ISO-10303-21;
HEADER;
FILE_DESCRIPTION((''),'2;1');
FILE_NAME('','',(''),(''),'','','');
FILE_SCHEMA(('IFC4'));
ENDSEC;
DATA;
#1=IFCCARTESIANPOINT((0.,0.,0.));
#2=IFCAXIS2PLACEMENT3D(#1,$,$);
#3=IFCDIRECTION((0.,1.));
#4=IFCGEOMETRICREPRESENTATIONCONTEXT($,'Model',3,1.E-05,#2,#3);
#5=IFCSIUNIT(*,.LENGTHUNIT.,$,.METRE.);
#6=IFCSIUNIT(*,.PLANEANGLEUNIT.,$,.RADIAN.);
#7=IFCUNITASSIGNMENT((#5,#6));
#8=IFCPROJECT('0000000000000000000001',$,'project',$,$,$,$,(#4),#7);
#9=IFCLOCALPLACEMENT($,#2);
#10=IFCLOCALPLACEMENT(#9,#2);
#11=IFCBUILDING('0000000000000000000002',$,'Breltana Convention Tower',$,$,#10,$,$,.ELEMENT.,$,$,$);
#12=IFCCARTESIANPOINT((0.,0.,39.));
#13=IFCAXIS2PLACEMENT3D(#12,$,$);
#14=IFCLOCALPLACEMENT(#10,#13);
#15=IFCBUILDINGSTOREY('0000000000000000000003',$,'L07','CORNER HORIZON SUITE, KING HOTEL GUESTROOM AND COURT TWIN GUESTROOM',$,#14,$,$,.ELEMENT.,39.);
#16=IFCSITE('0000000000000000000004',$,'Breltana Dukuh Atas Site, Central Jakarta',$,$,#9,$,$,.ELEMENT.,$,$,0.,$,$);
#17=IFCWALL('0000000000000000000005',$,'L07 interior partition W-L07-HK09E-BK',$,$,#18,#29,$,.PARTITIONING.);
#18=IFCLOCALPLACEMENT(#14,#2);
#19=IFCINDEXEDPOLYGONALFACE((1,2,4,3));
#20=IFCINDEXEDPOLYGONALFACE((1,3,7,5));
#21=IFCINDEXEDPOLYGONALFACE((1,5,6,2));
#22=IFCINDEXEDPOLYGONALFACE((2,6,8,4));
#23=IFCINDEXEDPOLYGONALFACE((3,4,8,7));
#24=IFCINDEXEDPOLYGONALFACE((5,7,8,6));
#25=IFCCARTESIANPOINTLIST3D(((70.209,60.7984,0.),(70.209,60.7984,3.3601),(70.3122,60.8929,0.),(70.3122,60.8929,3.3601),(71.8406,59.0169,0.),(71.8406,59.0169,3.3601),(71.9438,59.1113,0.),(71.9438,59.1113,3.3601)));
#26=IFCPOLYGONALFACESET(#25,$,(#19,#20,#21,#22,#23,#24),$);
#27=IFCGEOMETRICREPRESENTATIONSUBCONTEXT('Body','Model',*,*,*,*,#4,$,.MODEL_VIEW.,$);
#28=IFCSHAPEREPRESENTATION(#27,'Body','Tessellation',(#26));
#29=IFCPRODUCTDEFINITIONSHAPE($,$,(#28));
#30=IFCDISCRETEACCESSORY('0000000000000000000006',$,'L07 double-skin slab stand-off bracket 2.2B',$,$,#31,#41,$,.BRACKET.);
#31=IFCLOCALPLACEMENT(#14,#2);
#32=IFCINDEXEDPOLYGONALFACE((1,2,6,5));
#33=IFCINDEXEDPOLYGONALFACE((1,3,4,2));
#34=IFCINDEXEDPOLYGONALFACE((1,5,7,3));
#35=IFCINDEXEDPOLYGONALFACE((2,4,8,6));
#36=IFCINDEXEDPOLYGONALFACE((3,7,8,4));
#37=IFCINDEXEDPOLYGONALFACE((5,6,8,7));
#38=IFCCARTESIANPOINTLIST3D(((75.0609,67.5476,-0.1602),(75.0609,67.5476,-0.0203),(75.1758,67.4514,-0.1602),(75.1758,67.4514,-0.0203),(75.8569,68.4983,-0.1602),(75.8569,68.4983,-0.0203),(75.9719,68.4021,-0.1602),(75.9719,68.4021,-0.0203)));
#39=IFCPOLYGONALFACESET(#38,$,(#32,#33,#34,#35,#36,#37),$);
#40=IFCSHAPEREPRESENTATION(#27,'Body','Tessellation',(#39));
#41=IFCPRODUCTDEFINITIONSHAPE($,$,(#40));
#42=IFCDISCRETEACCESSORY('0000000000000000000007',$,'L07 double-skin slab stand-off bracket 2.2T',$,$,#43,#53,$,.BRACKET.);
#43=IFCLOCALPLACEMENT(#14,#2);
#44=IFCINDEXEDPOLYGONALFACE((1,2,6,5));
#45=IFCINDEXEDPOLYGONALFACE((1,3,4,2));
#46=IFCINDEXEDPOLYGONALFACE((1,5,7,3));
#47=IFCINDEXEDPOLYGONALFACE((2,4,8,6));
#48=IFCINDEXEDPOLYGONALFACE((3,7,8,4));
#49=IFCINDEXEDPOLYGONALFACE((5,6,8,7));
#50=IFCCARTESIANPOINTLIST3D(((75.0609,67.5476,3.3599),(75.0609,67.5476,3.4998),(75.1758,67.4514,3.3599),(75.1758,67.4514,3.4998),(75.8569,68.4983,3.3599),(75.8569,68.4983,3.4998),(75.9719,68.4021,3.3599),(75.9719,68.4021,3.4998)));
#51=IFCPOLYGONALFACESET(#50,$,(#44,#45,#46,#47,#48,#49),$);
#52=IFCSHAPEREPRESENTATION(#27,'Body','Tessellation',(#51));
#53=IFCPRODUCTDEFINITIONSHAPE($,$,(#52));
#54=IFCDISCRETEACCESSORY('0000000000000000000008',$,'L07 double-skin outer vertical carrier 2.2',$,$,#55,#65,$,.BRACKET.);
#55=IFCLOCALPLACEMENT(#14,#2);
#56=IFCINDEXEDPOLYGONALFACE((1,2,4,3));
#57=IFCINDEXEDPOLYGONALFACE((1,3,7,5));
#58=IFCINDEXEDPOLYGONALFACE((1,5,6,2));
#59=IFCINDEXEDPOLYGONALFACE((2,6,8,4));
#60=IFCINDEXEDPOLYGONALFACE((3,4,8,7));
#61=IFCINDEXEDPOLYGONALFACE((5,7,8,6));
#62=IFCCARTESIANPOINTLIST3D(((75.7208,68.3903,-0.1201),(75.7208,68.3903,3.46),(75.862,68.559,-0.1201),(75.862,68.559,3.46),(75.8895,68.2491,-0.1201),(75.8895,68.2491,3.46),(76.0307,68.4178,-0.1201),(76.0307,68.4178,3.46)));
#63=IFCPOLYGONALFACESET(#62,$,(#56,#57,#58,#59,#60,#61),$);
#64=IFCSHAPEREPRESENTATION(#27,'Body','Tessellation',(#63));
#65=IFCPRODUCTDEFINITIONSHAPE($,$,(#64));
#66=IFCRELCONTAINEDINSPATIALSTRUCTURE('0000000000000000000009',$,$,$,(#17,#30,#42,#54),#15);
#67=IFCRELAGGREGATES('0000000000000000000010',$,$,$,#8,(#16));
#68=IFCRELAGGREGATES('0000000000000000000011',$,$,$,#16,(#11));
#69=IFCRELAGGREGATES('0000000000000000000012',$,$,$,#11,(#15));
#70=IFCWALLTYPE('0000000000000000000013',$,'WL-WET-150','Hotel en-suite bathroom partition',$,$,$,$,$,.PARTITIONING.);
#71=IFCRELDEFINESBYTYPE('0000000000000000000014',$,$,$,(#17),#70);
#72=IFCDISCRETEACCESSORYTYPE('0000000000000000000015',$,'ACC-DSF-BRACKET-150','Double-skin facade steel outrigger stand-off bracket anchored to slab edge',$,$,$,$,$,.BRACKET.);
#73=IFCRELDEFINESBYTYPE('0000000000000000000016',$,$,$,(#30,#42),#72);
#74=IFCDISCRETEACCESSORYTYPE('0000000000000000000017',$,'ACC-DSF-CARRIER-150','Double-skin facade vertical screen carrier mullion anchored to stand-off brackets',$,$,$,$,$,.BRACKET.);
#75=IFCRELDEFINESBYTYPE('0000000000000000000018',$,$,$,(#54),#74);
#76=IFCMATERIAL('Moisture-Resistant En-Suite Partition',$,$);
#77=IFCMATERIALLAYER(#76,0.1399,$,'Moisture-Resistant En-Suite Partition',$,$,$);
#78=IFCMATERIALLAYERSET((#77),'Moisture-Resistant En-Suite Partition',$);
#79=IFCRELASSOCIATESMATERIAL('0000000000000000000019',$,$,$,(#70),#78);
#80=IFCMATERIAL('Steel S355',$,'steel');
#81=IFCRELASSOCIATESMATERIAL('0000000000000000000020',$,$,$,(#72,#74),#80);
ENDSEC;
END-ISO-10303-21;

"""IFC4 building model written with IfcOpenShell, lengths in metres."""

from ifc_helpers import new_model, si_unit, direction, frame, frame_2d, origin, origin_2d, place, context, subcontext, project, spatial, rectangle, extrude, source, transform, mapped, material, layer, layer_set, type_object, type_shapes, element, save


model = new_model("IFC4")

# Units and contexts
model_context = context("Model", 3, precision=1e-05, world=origin(), true_north=direction((0.0, 1.0)))
body_context = subcontext(model_context, "Body", "Model", "MODEL_VIEW")
ifc_project = project(units=[si_unit("LENGTHUNIT", "METRE"), si_unit("PLANEANGLEUNIT", "RADIAN")], contexts=[model_context])

# Site, building, storey
site_placement = place(None, origin())
site = spatial("IfcSite", under=ifc_project, at=site_placement, Name="Breltana Dukuh Atas Site, Central Jakarta", CompositionType="ELEMENT", RefElevation=0.0)
building_placement = place(site_placement, origin())
building = spatial("IfcBuilding", under=site, at=building_placement, Name="Breltana Convention Tower", CompositionType="ELEMENT")
storey_placement = place(building_placement, frame((0.0, 0.0, 39.0)))
storey = spatial("IfcBuildingStorey", under=building, at=storey_placement, Name="L07", Description="CORNER HORIZON SUITE, KING HOTEL GUESTROOM AND COURT TWIN GUESTROOM", CompositionType="ELEMENT", Elevation=39.0)

# Wall
ifc_material_1 = material(Name="Moisture-Resistant En-Suite Partition")
ifc_layer_1 = layer(ifc_material_1, 0.1399, Name="Moisture-Resistant En-Suite Partition")
ifc_layer_set_1 = layer_set([ifc_layer_1], Name="Moisture-Resistant En-Suite Partition")
wall_type_1 = type_object("IfcWallType", Name="WL-WET-150", Description="Hotel en-suite bathroom partition", PredefinedType="PARTITIONING", material=ifc_layer_set_1)
shared_shape_1 = source(origin(), body_context, "Body", "SweptSolid", [
    extrude(rectangle(XDim=2.4158, YDim=0.1399, at=frame_2d((1.208, 0.0))), origin(), (0.0, 0.0, 1.0), 3.3601),
])
wall_1_placement = place(storey_placement, frame((70.2605, 60.8457, 0.0), z_axis=(0.0, 0.0, 1.0), x_axis=(0.6754, -0.737452, 0.0)))
element("IfcWall", 1, at=wall_1_placement, inside=storey, type_object=wall_type_1, Name="L07 interior partition W-L07-HK09E-BK", PredefinedType="PARTITIONING", context=body_context, shape_type="MappedRepresentation", body=[
    mapped(shared_shape_1, transform((0.0, 0.0, 0.0), scale=1.0)),
])

# Discrete accessories
ifc_material_2 = material(Name="Steel S355", Category="steel")
discrete_accessory_type_1 = type_object("IfcDiscreteAccessoryType", Name="ACC-DSF-BRACKET-150", Description="Double-skin facade steel outrigger stand-off bracket anchored to slab edge", PredefinedType="BRACKET", material=ifc_material_2)
shared_shape_2 = source(origin(), body_context, "Body", "SweptSolid", [
    extrude(rectangle(XDim=1.24, YDim=0.1499, at=origin_2d()), origin(), (0.0, 0.0, 1.0), 0.1399),
])
type_shapes(discrete_accessory_type_1, [shared_shape_2])
for number, where, z_axis, x_axis, name in (
    (2, (75.5164, 67.9749, -0.1602), (0.0, 0.0, 1.0), (0.64199, 0.766713, 0.0), "L07 double-skin slab stand-off bracket 2.2B"),
    (3, (75.5164, 67.9749, 3.3599), (0.0, 0.0, 1.0), (0.64199, 0.766713, 0.0), "L07 double-skin slab stand-off bracket 2.2T"),
):
    element("IfcDiscreteAccessory", number, at=place(storey_placement, frame(where, z_axis=z_axis, x_axis=x_axis)), inside=storey, type_object=discrete_accessory_type_1, Name=name, PredefinedType="BRACKET", context=body_context, shape_type="MappedRepresentation", body=[
        mapped(shared_shape_2, transform((0.0, 0.0, 0.0), scale=1.0)),
    ])
discrete_accessory_type_2 = type_object("IfcDiscreteAccessoryType", Name="ACC-DSF-CARRIER-150", Description="Double-skin facade vertical screen carrier mullion anchored to stand-off brackets", PredefinedType="BRACKET", material=ifc_material_2)
shared_shape_3 = source(origin(), body_context, "Body", "SweptSolid", [
    extrude(rectangle(XDim=0.22, YDim=0.22, at=origin_2d()), origin(), (0.0, 0.0, 1.0), 3.5801),
])
discrete_accessory_placement = place(storey_placement, frame((75.8757, 68.4041, -0.1201), z_axis=(0.0, 0.0, 1.0), x_axis=(0.64199, 0.766713, 0.0)))
element("IfcDiscreteAccessory", 4, at=discrete_accessory_placement, inside=storey, type_object=discrete_accessory_type_2, Name="L07 double-skin outer vertical carrier 2.2", PredefinedType="BRACKET", context=body_context, shape_type="MappedRepresentation", body=[
    mapped(shared_shape_3, transform((0.0, 0.0, 0.0), scale=1.0)),
])

save(model, "model.ifc")
